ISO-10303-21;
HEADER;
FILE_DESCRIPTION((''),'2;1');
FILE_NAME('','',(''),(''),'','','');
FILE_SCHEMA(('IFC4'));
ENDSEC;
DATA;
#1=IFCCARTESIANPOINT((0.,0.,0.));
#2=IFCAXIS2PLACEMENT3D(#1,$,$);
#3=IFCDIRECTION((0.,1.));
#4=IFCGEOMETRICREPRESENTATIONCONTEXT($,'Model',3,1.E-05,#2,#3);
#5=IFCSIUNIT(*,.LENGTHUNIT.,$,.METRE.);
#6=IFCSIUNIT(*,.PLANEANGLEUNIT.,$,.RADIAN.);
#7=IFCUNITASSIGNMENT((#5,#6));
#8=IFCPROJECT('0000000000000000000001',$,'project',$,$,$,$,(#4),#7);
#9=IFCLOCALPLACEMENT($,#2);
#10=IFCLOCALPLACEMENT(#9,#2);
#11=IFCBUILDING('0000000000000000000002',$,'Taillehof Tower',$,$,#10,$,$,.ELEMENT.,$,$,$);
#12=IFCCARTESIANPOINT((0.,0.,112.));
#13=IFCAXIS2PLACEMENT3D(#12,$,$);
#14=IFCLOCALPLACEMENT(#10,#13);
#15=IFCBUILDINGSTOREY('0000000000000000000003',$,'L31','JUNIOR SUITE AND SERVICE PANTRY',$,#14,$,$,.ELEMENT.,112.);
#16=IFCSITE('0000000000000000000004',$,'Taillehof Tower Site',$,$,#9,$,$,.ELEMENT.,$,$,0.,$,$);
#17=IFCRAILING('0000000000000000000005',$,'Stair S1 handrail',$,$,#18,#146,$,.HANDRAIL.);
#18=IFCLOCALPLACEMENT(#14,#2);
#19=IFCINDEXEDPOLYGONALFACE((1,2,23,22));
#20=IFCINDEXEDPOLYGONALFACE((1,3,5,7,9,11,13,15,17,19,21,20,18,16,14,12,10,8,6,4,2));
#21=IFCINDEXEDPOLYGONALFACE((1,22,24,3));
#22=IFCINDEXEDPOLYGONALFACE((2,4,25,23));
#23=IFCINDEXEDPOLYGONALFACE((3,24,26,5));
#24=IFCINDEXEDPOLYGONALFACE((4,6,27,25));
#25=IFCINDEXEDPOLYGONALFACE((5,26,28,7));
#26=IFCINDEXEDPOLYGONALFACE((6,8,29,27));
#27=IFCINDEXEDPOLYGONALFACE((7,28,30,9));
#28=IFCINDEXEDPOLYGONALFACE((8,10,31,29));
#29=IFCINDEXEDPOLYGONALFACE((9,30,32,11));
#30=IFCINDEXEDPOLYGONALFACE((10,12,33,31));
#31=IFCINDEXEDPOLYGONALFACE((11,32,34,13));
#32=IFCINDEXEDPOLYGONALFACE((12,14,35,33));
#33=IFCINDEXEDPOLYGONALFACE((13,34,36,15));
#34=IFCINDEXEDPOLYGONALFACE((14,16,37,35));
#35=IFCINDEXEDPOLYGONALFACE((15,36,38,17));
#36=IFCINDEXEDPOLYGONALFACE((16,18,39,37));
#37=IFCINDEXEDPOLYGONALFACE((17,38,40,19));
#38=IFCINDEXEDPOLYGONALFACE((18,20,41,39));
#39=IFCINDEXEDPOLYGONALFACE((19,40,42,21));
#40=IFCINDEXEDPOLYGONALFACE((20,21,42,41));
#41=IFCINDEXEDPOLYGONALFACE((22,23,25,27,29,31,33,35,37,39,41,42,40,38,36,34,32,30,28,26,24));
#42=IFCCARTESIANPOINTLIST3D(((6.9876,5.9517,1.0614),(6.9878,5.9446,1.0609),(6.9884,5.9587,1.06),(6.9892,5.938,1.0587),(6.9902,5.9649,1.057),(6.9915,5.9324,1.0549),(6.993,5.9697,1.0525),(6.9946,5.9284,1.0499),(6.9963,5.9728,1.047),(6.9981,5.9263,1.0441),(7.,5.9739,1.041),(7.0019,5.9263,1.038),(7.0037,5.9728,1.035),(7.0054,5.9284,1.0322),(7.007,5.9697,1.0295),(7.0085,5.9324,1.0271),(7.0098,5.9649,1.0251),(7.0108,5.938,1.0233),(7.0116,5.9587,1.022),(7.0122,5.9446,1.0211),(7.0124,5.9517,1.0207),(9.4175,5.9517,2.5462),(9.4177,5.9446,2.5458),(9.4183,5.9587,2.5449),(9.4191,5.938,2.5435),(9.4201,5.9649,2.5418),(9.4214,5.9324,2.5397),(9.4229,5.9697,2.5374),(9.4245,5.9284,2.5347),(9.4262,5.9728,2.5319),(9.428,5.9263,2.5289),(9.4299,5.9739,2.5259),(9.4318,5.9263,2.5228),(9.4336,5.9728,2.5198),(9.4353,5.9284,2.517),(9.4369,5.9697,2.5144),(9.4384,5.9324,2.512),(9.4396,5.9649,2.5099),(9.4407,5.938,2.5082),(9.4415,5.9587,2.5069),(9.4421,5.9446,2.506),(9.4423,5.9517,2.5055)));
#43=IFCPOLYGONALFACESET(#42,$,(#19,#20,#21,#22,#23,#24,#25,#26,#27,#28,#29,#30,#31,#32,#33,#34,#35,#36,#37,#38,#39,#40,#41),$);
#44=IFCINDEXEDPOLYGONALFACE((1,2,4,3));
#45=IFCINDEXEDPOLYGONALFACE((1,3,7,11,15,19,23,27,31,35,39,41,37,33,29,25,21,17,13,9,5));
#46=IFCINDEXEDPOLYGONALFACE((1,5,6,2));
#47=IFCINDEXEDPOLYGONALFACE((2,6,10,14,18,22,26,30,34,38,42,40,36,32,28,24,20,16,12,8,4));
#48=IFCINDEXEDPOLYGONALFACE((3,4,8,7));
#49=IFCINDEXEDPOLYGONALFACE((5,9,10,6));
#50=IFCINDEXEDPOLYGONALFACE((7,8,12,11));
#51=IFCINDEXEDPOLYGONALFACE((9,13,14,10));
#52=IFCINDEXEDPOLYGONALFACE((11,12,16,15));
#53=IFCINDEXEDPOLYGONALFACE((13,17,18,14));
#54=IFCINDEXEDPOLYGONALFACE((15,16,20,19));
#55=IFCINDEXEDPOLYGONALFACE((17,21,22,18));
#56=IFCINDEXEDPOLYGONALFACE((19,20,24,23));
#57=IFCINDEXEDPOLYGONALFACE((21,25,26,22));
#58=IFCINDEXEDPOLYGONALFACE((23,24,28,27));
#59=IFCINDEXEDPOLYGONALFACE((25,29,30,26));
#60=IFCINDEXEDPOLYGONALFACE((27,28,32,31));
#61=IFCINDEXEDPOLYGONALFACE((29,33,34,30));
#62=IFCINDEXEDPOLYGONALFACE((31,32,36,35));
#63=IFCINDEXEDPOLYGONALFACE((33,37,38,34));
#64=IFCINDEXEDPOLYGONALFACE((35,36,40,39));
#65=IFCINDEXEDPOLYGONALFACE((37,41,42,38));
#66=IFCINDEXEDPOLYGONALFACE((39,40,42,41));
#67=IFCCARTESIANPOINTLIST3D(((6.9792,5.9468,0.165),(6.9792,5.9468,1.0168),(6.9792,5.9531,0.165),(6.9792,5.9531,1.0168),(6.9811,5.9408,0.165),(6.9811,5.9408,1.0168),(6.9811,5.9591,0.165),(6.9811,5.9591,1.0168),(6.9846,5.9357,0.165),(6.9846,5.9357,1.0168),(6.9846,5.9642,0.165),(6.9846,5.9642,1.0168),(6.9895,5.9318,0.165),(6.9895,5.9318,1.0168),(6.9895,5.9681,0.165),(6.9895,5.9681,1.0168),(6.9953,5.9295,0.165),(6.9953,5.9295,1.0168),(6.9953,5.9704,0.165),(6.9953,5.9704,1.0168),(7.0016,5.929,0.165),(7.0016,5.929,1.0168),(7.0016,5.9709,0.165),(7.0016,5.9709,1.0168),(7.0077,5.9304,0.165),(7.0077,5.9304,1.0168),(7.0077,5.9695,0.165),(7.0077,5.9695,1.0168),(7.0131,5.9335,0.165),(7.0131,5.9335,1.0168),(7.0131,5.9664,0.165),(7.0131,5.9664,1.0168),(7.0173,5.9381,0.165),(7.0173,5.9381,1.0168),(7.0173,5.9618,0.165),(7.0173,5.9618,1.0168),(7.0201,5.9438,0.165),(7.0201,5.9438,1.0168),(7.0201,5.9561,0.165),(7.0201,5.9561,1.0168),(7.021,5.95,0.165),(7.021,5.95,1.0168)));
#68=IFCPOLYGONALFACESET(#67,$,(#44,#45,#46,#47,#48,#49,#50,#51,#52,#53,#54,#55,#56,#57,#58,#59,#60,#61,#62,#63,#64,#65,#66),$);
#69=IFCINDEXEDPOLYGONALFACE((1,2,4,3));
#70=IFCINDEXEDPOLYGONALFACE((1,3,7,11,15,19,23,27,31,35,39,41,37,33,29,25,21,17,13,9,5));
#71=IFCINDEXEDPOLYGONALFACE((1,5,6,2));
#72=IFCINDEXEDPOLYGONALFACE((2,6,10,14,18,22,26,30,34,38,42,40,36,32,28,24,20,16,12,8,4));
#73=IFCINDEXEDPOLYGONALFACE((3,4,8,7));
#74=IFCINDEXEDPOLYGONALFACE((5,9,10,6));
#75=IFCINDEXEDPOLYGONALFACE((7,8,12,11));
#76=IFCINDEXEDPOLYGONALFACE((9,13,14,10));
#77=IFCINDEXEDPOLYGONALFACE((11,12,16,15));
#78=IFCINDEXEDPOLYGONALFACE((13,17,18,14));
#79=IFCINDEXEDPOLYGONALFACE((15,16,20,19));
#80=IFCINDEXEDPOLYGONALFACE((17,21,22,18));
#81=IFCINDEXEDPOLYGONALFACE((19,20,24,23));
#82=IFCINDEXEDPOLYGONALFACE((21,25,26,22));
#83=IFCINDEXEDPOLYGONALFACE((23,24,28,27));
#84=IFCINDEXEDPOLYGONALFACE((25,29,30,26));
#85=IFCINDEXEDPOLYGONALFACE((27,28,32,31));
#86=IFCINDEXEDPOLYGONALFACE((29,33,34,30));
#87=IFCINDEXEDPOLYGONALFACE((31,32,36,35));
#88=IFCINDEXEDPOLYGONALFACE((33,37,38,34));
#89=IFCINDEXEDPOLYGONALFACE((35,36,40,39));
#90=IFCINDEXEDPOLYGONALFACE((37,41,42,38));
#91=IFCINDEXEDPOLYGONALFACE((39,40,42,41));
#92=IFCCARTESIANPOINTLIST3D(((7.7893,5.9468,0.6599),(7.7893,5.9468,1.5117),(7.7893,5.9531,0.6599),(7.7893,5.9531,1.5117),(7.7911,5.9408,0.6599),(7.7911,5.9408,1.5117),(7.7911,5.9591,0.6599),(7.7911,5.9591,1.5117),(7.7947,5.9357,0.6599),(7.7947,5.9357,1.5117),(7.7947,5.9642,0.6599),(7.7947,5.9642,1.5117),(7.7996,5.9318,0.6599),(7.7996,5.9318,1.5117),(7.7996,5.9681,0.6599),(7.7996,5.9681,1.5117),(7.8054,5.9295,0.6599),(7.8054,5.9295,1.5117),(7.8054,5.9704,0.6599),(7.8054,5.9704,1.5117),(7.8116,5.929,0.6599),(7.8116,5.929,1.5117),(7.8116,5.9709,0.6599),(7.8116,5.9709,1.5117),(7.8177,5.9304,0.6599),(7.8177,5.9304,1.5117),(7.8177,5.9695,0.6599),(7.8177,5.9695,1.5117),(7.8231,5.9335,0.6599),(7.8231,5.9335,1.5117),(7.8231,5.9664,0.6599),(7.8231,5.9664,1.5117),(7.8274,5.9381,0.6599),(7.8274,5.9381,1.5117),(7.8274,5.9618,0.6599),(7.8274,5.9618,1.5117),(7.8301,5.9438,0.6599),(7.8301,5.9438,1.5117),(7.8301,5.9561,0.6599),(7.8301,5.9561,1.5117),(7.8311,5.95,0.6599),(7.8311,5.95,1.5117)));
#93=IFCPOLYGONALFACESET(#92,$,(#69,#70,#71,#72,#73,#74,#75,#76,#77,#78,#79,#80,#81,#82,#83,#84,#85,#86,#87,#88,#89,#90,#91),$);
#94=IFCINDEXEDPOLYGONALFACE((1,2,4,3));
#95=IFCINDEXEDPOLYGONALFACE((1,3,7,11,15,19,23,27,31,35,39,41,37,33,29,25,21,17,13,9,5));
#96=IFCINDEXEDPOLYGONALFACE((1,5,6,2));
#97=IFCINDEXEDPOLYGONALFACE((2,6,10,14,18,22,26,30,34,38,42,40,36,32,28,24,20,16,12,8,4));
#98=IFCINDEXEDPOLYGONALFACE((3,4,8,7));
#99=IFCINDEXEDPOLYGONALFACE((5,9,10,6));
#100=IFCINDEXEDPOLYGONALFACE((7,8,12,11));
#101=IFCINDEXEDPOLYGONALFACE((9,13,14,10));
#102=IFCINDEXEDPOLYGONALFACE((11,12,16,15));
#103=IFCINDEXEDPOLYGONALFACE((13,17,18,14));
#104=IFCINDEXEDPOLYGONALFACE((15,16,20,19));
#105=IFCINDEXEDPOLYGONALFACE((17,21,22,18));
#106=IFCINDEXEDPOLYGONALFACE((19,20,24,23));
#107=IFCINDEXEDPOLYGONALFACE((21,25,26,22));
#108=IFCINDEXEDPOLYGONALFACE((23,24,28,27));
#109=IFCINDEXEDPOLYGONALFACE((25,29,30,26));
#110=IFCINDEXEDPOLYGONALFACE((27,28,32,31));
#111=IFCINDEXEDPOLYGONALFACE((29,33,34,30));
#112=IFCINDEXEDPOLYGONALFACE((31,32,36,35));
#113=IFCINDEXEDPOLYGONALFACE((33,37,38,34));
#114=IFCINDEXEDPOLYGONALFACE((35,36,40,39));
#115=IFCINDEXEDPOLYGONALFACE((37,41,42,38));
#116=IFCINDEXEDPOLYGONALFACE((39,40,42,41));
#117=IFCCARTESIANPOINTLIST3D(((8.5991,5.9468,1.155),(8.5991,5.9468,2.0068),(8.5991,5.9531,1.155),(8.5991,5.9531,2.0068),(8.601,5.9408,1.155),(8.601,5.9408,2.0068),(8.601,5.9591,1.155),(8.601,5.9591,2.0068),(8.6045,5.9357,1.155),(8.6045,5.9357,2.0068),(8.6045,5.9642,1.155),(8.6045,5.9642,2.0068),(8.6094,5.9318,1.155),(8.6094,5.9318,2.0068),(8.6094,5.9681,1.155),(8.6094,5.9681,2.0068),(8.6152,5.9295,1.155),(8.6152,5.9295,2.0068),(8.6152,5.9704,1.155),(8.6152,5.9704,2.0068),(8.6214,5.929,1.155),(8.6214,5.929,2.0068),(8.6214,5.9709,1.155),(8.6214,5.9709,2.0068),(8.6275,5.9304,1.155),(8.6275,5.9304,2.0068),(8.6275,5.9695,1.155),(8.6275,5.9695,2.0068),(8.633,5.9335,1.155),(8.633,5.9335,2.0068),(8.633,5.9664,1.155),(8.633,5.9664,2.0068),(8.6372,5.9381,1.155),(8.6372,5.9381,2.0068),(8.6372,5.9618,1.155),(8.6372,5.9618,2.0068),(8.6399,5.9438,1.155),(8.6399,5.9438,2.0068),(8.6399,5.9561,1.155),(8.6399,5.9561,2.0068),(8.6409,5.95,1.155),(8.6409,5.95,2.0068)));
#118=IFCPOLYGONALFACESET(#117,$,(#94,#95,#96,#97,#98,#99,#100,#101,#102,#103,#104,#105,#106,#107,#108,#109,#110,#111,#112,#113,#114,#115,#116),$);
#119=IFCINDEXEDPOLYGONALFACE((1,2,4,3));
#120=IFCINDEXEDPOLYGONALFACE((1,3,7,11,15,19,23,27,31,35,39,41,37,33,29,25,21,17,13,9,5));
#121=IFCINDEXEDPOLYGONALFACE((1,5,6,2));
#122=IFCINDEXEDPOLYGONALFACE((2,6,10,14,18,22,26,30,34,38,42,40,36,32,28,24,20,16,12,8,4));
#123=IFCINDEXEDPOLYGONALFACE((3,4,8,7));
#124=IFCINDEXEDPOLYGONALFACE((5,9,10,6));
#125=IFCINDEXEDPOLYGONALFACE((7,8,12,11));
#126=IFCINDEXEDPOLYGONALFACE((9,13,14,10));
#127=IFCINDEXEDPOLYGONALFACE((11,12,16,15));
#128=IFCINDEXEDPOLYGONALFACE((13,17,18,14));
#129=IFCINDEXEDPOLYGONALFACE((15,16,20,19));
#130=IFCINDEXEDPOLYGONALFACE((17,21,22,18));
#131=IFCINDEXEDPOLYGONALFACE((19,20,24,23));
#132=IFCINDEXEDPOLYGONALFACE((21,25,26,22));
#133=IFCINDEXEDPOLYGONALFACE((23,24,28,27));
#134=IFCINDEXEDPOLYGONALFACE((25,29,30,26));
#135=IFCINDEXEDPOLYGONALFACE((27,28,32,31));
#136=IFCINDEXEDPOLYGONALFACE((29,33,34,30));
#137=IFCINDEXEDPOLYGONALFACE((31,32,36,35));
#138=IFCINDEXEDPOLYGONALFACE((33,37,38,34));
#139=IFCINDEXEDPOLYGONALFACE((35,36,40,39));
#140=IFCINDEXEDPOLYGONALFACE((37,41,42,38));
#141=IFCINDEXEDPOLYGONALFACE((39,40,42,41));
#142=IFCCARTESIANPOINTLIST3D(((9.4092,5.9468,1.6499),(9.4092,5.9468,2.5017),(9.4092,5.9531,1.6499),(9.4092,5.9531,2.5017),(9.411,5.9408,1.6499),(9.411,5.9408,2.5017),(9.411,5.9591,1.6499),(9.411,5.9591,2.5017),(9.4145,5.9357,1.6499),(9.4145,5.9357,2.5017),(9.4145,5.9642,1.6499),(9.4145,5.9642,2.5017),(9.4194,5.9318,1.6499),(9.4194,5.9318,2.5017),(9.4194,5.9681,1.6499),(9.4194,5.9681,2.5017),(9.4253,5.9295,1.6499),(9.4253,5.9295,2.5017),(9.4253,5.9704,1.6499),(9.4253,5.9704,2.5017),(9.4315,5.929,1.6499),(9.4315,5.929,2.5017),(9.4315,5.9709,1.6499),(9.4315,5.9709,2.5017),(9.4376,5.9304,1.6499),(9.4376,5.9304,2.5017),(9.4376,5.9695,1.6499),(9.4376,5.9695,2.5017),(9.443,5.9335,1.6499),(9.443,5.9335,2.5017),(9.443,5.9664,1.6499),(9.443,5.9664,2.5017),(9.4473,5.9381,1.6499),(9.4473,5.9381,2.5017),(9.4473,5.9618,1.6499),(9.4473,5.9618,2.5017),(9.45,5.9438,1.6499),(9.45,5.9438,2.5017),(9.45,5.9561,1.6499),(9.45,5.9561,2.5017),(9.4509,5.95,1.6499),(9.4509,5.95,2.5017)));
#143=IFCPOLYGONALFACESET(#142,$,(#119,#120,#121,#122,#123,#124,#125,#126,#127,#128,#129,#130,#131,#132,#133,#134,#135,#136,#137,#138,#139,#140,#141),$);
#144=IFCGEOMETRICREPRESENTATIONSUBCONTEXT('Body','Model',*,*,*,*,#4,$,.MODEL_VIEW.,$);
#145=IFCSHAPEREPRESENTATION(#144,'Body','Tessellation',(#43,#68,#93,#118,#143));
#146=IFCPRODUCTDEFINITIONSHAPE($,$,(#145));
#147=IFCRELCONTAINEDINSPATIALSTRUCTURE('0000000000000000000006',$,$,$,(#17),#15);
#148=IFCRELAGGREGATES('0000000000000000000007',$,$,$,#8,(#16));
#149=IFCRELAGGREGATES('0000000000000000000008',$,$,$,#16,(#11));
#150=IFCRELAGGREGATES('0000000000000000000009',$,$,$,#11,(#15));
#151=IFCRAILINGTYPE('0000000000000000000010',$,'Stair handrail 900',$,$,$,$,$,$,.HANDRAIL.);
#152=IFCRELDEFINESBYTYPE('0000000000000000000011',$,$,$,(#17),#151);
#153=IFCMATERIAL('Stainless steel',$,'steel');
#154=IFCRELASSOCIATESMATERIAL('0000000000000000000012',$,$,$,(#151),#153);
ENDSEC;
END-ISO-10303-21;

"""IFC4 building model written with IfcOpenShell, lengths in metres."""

from ifc_helpers import new_model, si_unit, direction, frame, origin, origin_2d, place, context, subcontext, project, spatial, circle, extrude, material, type_object, element, save


model = new_model("IFC4")

# Units and contexts
model_context = context("Model", 3, precision=1e-05, world=origin(), true_north=direction((0.0, 1.0)))
body_context = subcontext(model_context, "Body", "Model", "MODEL_VIEW")
ifc_project = project(units=[si_unit("LENGTHUNIT", "METRE"), si_unit("PLANEANGLEUNIT", "RADIAN")], contexts=[model_context])

# Site, building, storey
site_placement = place(None, origin())
site = spatial("IfcSite", under=ifc_project, at=site_placement, Name="Taillehof Tower Site", CompositionType="ELEMENT", RefElevation=0.0)
building_placement = place(site_placement, origin())
building = spatial("IfcBuilding", under=site, at=building_placement, Name="Taillehof Tower", CompositionType="ELEMENT")
storey_placement = place(building_placement, frame((0.0, 0.0, 112.0)))
storey = spatial("IfcBuildingStorey", under=building, at=storey_placement, Name="L31", Description="JUNIOR SUITE AND SERVICE PANTRY", CompositionType="ELEMENT", Elevation=112.0)

# Railing
ifc_material_1 = material(Name="Stainless steel", Category="steel")
railing_type = type_object("IfcRailingType", Name="Stair handrail 900", PredefinedType="HANDRAIL", material=ifc_material_1)
railing_placement = place(storey_placement, frame((7.0, 5.95, 0.165)))
element("IfcRailing", 1, at=railing_placement, inside=storey, type_object=railing_type, Name="Stair S1 handrail", PredefinedType="HANDRAIL", context=body_context, shape_type="SweptSolid", body=[
    extrude(circle(Radius=0.0239, at=origin_2d()), frame((0.0, 0.0, 0.876), z_axis=(0.853297, 0.0, 0.521426), x_axis=(0.0, 1.0, 0.0)), (0.0, 0.0, 1.0), 2.8477),
    extrude(circle(Radius=0.021, at=origin_2d()), origin(), (0.0, 0.0, 1.0), 0.8518),
    extrude(circle(Radius=0.021, at=origin_2d()), frame((0.8101, 0.0, 0.4949)), (0.0, 0.0, 1.0), 0.8518),
    extrude(circle(Radius=0.021, at=origin_2d()), frame((1.6199, 0.0, 0.99)), (0.0, 0.0, 1.0), 0.8518),
    extrude(circle(Radius=0.021, at=origin_2d()), frame((2.4299, 0.0, 1.4849)), (0.0, 0.0, 1.0), 0.8518),
])

save(model, "model.ifc")
